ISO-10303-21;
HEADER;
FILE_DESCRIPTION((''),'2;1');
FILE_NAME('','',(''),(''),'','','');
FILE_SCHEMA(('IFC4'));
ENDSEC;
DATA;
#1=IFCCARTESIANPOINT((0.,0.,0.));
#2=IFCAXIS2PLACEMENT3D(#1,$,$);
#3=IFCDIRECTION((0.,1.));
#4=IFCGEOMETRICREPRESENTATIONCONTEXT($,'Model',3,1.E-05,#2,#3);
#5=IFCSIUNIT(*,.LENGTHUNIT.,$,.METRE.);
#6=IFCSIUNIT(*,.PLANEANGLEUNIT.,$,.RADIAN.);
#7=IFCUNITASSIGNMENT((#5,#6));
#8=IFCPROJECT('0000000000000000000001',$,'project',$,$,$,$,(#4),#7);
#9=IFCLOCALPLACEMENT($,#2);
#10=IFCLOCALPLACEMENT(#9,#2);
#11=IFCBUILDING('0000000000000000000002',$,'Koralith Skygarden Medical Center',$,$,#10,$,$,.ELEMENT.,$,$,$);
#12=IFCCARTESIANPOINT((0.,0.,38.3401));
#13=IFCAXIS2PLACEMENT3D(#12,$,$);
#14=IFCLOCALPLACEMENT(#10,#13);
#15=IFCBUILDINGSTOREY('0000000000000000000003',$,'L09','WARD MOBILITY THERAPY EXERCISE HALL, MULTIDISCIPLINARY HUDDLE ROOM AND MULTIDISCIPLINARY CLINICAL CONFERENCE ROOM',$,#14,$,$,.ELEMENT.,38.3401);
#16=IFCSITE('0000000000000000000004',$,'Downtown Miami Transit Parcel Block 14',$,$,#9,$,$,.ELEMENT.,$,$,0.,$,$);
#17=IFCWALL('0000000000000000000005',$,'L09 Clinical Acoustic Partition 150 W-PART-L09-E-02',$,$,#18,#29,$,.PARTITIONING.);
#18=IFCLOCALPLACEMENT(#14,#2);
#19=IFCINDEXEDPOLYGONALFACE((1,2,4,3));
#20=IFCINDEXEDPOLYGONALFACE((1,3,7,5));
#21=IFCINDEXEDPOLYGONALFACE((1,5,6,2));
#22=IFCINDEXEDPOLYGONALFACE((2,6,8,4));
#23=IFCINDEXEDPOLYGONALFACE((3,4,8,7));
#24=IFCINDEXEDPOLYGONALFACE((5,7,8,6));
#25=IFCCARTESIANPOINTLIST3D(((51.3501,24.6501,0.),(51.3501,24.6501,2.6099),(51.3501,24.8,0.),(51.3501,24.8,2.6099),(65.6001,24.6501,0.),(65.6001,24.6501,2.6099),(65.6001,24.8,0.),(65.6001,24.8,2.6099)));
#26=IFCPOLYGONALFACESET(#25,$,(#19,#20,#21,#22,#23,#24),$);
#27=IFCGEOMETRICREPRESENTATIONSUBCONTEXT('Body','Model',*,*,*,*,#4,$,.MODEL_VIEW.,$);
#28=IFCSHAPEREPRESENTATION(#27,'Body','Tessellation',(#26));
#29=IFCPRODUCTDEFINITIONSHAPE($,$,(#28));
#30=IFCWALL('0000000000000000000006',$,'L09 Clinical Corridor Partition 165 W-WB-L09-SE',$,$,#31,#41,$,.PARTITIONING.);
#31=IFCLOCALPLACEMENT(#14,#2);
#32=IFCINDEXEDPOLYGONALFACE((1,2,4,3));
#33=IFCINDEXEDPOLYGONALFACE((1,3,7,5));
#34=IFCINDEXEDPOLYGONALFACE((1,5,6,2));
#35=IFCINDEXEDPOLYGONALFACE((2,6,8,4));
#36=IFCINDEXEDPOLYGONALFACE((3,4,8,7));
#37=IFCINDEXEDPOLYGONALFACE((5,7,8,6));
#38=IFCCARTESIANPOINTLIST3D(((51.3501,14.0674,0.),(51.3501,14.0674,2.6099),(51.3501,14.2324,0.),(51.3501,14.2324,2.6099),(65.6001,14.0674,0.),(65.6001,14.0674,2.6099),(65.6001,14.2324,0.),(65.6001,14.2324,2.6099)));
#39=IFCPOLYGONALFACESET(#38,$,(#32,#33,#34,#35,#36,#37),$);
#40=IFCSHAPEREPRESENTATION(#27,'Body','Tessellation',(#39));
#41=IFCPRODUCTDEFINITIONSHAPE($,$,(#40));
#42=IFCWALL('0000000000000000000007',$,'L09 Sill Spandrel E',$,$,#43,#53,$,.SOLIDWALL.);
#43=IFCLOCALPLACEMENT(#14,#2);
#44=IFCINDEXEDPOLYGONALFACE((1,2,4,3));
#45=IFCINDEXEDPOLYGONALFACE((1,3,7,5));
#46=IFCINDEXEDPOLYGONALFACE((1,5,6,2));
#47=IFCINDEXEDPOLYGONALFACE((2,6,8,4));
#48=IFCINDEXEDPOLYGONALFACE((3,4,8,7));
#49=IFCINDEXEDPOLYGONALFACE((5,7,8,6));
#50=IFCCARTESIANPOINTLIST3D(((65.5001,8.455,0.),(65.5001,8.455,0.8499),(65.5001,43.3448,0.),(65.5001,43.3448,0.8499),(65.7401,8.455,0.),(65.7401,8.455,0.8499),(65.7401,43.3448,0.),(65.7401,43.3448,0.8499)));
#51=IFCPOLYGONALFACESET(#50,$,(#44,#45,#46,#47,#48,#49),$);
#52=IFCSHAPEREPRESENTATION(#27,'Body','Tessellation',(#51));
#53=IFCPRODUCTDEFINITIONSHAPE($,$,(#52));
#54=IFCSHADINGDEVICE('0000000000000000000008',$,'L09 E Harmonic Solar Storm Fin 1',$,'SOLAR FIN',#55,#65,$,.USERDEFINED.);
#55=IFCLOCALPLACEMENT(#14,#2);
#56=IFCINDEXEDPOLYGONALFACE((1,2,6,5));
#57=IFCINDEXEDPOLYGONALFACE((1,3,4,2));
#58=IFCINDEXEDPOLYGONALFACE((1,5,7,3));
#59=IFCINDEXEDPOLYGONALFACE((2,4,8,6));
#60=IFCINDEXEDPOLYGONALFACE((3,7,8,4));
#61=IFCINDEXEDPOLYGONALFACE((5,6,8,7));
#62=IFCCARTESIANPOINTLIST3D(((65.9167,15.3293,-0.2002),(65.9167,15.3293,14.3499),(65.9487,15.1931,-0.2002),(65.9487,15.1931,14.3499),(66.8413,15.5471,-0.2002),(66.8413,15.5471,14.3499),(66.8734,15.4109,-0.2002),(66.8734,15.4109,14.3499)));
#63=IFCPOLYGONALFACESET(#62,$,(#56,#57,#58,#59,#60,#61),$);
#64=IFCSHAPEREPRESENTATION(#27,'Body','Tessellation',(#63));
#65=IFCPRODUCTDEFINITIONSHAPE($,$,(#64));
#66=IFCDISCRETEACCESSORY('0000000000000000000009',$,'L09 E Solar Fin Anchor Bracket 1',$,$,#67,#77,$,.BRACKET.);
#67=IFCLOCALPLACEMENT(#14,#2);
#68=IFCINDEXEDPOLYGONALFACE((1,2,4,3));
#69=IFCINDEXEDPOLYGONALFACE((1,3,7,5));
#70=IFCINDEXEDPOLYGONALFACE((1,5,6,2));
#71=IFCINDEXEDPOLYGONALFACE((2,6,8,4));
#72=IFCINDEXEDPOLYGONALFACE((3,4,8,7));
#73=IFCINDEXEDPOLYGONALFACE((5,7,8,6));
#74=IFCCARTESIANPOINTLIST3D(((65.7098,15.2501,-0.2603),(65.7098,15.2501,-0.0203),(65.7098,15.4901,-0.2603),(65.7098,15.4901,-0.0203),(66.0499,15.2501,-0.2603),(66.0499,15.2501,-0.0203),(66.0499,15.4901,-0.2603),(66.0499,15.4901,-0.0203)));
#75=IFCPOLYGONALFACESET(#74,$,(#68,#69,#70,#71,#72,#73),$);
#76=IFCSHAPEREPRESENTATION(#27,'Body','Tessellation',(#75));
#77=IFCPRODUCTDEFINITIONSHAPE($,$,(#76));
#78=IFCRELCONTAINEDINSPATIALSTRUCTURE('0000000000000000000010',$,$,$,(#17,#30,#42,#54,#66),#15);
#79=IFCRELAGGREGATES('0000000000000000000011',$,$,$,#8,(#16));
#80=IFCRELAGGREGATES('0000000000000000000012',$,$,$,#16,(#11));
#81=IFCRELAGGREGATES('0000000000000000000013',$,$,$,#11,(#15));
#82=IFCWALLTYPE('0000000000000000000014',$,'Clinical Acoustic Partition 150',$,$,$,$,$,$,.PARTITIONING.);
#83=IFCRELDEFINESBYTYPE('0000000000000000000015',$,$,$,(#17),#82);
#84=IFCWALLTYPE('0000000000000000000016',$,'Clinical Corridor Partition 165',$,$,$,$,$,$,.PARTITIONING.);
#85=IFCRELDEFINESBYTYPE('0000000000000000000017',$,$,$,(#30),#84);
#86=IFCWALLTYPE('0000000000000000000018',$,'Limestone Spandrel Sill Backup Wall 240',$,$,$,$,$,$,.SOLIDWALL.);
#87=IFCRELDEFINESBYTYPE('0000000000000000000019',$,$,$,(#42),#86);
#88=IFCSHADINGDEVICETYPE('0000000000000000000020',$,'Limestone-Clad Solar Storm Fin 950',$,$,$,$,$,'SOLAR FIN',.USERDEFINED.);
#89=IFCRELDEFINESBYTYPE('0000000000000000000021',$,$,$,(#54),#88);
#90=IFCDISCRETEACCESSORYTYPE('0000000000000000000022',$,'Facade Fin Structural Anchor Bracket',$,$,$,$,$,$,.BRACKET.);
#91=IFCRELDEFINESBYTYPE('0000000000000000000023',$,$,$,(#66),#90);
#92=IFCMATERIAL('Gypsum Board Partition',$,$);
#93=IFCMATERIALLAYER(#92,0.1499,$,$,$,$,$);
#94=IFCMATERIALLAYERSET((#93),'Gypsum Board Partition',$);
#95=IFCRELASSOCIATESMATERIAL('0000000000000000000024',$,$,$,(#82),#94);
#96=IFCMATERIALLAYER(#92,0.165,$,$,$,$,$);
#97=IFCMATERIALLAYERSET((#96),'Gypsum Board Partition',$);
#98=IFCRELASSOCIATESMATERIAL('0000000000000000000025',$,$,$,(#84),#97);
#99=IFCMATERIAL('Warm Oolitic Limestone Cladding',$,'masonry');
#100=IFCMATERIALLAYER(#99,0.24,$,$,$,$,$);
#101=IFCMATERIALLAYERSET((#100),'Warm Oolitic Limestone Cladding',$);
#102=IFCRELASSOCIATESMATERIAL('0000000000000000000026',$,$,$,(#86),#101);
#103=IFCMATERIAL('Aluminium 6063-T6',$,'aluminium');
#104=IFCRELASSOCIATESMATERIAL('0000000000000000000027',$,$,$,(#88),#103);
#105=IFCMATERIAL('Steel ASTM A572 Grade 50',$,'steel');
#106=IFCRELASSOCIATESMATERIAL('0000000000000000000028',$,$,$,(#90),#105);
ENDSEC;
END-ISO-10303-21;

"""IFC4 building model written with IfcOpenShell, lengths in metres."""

from ifc_helpers import new_model, si_unit, direction, frame, frame_2d, origin, origin_2d, place, context, subcontext, project, spatial, rectangle, extrude, material, layer, layer_set, type_object, element, save


model = new_model("IFC4")

# Units and contexts
model_context = context("Model", 3, precision=1e-05, world=origin(), true_north=direction((0.0, 1.0)))
body_context = subcontext(model_context, "Body", "Model", "MODEL_VIEW")
ifc_project = project(units=[si_unit("LENGTHUNIT", "METRE"), si_unit("PLANEANGLEUNIT", "RADIAN")], contexts=[model_context])

# Site, building, storey
site_placement = place(None, origin())
site = spatial("IfcSite", under=ifc_project, at=site_placement, Name="Downtown Miami Transit Parcel Block 14", CompositionType="ELEMENT", RefElevation=0.0)
building_placement = place(site_placement, origin())
building = spatial("IfcBuilding", under=site, at=building_placement, Name="Koralith Skygarden Medical Center", CompositionType="ELEMENT")
storey_placement = place(building_placement, frame((0.0, 0.0, 38.3401)))
storey = spatial("IfcBuildingStorey", under=building, at=storey_placement, Name="L09", Description="WARD MOBILITY THERAPY EXERCISE HALL, MULTIDISCIPLINARY HUDDLE ROOM AND MULTIDISCIPLINARY CLINICAL CONFERENCE ROOM", CompositionType="ELEMENT", Elevation=38.3401)

# Shared definitions
ifc_material_1 = material(Name="Aluminium 6063-T6", Category="aluminium")

# Shared definitions
ifc_material_2 = material(Name="Warm Oolitic Limestone Cladding", Category="masonry")

# Walls
ifc_material_3 = material(Name="Gypsum Board Partition")
ifc_layer_1 = layer(ifc_material_3, 0.1499)
ifc_layer_set_1 = layer_set([ifc_layer_1], Name="Gypsum Board Partition")
wall_type_1 = type_object("IfcWallType", Name="Clinical Acoustic Partition 150", PredefinedType="PARTITIONING", material=ifc_layer_set_1)
for number, where, z_axis, x_axis, name in (
    (1, (51.3501, 24.7251, 0.0), (0.0, 0.0, 1.0), (1.0, 0.0, 0.0), "L09 Clinical Acoustic Partition 150 W-PART-L09-E-02"),
):
    element("IfcWall", number, at=place(storey_placement, frame(where, z_axis=z_axis, x_axis=x_axis)), inside=storey, type_object=wall_type_1, Name=name, PredefinedType="PARTITIONING", context=body_context, shape_type="SweptSolid", body=[
        extrude(rectangle(XDim=14.25, YDim=0.1499, at=frame_2d((7.125, 0.0))), origin(), (0.0, 0.0, 1.0), 2.6099),
    ])
ifc_layer_2 = layer(ifc_material_3, 0.165)
ifc_layer_set_2 = layer_set([ifc_layer_2], Name="Gypsum Board Partition")
wall_type_2 = type_object("IfcWallType", Name="Clinical Corridor Partition 165", PredefinedType="PARTITIONING", material=ifc_layer_set_2)
wall_1_placement = place(storey_placement, frame((51.3501, 14.1499, 0.0), z_axis=(0.0, 0.0, 1.0), x_axis=(1.0, 0.0, 0.0)))
element("IfcWall", 2, at=wall_1_placement, inside=storey, type_object=wall_type_2, Name="L09 Clinical Corridor Partition 165 W-WB-L09-SE", PredefinedType="PARTITIONING", context=body_context, shape_type="SweptSolid", body=[
    extrude(rectangle(XDim=14.25, YDim=0.165, at=frame_2d((7.125, 0.0))), origin(), (0.0, 0.0, 1.0), 2.6099),
])

# Wall
ifc_layer_3 = layer(ifc_material_2, 0.24)
ifc_layer_set_3 = layer_set([ifc_layer_3], Name="Warm Oolitic Limestone Cladding")
wall_type_3 = type_object("IfcWallType", Name="Limestone Spandrel Sill Backup Wall 240", PredefinedType="SOLIDWALL", material=ifc_layer_set_3)
wall_2_placement = place(storey_placement, frame((65.6201, 8.4551, 0.0), z_axis=(0.0, 0.0, 1.0), x_axis=(0.0, 1.0, 0.0)))
element("IfcWall", 3, at=wall_2_placement, inside=storey, type_object=wall_type_3, Name="L09 Sill Spandrel E", PredefinedType="SOLIDWALL", context=body_context, shape_type="SweptSolid", body=[
    extrude(rectangle(XDim=34.8899, YDim=0.24, at=frame_2d((17.4448, 0.0))), origin(), (0.0, 0.0, 1.0), 0.8499),
])

# Shading device
shading_device_type = type_object("IfcShadingDeviceType", Name="Limestone-Clad Solar Storm Fin 950", ElementType="SOLAR FIN", PredefinedType="USERDEFINED", material=ifc_material_1)
shading_device_placement = place(storey_placement, frame((66.395, 15.3701, -0.2002), z_axis=(0.0, 0.0, 1.0), x_axis=(0.973367, 0.229251, 0.0)))
element("IfcShadingDevice", 4, at=shading_device_placement, inside=storey, type_object=shading_device_type, Name="L09 E Harmonic Solar Storm Fin 1", ObjectType="SOLAR FIN", PredefinedType="USERDEFINED", context=body_context, shape_type="SweptSolid", body=[
    extrude(rectangle(XDim=0.95, YDim=0.1399, at=origin_2d()), origin(), (0.0, 0.0, 1.0), 14.55),
])

# Discrete accessory
ifc_material_4 = material(Name="Steel ASTM A572 Grade 50", Category="steel")
discrete_accessory_type = type_object("IfcDiscreteAccessoryType", Name="Facade Fin Structural Anchor Bracket", PredefinedType="BRACKET", material=ifc_material_4)
discrete_accessory_placement = place(storey_placement, frame((65.8799, 15.3701, -0.2603), z_axis=(0.0, 0.0, 1.0), x_axis=(1.0, 0.0, 0.0)))
element("IfcDiscreteAccessory", 5, at=discrete_accessory_placement, inside=storey, type_object=discrete_accessory_type, Name="L09 E Solar Fin Anchor Bracket 1", PredefinedType="BRACKET", context=body_context, shape_type="SweptSolid", body=[
    extrude(rectangle(XDim=0.3401, YDim=0.24, at=origin_2d()), origin(), (0.0, 0.0, 1.0), 0.24),
])

save(model, "model.ifc")
